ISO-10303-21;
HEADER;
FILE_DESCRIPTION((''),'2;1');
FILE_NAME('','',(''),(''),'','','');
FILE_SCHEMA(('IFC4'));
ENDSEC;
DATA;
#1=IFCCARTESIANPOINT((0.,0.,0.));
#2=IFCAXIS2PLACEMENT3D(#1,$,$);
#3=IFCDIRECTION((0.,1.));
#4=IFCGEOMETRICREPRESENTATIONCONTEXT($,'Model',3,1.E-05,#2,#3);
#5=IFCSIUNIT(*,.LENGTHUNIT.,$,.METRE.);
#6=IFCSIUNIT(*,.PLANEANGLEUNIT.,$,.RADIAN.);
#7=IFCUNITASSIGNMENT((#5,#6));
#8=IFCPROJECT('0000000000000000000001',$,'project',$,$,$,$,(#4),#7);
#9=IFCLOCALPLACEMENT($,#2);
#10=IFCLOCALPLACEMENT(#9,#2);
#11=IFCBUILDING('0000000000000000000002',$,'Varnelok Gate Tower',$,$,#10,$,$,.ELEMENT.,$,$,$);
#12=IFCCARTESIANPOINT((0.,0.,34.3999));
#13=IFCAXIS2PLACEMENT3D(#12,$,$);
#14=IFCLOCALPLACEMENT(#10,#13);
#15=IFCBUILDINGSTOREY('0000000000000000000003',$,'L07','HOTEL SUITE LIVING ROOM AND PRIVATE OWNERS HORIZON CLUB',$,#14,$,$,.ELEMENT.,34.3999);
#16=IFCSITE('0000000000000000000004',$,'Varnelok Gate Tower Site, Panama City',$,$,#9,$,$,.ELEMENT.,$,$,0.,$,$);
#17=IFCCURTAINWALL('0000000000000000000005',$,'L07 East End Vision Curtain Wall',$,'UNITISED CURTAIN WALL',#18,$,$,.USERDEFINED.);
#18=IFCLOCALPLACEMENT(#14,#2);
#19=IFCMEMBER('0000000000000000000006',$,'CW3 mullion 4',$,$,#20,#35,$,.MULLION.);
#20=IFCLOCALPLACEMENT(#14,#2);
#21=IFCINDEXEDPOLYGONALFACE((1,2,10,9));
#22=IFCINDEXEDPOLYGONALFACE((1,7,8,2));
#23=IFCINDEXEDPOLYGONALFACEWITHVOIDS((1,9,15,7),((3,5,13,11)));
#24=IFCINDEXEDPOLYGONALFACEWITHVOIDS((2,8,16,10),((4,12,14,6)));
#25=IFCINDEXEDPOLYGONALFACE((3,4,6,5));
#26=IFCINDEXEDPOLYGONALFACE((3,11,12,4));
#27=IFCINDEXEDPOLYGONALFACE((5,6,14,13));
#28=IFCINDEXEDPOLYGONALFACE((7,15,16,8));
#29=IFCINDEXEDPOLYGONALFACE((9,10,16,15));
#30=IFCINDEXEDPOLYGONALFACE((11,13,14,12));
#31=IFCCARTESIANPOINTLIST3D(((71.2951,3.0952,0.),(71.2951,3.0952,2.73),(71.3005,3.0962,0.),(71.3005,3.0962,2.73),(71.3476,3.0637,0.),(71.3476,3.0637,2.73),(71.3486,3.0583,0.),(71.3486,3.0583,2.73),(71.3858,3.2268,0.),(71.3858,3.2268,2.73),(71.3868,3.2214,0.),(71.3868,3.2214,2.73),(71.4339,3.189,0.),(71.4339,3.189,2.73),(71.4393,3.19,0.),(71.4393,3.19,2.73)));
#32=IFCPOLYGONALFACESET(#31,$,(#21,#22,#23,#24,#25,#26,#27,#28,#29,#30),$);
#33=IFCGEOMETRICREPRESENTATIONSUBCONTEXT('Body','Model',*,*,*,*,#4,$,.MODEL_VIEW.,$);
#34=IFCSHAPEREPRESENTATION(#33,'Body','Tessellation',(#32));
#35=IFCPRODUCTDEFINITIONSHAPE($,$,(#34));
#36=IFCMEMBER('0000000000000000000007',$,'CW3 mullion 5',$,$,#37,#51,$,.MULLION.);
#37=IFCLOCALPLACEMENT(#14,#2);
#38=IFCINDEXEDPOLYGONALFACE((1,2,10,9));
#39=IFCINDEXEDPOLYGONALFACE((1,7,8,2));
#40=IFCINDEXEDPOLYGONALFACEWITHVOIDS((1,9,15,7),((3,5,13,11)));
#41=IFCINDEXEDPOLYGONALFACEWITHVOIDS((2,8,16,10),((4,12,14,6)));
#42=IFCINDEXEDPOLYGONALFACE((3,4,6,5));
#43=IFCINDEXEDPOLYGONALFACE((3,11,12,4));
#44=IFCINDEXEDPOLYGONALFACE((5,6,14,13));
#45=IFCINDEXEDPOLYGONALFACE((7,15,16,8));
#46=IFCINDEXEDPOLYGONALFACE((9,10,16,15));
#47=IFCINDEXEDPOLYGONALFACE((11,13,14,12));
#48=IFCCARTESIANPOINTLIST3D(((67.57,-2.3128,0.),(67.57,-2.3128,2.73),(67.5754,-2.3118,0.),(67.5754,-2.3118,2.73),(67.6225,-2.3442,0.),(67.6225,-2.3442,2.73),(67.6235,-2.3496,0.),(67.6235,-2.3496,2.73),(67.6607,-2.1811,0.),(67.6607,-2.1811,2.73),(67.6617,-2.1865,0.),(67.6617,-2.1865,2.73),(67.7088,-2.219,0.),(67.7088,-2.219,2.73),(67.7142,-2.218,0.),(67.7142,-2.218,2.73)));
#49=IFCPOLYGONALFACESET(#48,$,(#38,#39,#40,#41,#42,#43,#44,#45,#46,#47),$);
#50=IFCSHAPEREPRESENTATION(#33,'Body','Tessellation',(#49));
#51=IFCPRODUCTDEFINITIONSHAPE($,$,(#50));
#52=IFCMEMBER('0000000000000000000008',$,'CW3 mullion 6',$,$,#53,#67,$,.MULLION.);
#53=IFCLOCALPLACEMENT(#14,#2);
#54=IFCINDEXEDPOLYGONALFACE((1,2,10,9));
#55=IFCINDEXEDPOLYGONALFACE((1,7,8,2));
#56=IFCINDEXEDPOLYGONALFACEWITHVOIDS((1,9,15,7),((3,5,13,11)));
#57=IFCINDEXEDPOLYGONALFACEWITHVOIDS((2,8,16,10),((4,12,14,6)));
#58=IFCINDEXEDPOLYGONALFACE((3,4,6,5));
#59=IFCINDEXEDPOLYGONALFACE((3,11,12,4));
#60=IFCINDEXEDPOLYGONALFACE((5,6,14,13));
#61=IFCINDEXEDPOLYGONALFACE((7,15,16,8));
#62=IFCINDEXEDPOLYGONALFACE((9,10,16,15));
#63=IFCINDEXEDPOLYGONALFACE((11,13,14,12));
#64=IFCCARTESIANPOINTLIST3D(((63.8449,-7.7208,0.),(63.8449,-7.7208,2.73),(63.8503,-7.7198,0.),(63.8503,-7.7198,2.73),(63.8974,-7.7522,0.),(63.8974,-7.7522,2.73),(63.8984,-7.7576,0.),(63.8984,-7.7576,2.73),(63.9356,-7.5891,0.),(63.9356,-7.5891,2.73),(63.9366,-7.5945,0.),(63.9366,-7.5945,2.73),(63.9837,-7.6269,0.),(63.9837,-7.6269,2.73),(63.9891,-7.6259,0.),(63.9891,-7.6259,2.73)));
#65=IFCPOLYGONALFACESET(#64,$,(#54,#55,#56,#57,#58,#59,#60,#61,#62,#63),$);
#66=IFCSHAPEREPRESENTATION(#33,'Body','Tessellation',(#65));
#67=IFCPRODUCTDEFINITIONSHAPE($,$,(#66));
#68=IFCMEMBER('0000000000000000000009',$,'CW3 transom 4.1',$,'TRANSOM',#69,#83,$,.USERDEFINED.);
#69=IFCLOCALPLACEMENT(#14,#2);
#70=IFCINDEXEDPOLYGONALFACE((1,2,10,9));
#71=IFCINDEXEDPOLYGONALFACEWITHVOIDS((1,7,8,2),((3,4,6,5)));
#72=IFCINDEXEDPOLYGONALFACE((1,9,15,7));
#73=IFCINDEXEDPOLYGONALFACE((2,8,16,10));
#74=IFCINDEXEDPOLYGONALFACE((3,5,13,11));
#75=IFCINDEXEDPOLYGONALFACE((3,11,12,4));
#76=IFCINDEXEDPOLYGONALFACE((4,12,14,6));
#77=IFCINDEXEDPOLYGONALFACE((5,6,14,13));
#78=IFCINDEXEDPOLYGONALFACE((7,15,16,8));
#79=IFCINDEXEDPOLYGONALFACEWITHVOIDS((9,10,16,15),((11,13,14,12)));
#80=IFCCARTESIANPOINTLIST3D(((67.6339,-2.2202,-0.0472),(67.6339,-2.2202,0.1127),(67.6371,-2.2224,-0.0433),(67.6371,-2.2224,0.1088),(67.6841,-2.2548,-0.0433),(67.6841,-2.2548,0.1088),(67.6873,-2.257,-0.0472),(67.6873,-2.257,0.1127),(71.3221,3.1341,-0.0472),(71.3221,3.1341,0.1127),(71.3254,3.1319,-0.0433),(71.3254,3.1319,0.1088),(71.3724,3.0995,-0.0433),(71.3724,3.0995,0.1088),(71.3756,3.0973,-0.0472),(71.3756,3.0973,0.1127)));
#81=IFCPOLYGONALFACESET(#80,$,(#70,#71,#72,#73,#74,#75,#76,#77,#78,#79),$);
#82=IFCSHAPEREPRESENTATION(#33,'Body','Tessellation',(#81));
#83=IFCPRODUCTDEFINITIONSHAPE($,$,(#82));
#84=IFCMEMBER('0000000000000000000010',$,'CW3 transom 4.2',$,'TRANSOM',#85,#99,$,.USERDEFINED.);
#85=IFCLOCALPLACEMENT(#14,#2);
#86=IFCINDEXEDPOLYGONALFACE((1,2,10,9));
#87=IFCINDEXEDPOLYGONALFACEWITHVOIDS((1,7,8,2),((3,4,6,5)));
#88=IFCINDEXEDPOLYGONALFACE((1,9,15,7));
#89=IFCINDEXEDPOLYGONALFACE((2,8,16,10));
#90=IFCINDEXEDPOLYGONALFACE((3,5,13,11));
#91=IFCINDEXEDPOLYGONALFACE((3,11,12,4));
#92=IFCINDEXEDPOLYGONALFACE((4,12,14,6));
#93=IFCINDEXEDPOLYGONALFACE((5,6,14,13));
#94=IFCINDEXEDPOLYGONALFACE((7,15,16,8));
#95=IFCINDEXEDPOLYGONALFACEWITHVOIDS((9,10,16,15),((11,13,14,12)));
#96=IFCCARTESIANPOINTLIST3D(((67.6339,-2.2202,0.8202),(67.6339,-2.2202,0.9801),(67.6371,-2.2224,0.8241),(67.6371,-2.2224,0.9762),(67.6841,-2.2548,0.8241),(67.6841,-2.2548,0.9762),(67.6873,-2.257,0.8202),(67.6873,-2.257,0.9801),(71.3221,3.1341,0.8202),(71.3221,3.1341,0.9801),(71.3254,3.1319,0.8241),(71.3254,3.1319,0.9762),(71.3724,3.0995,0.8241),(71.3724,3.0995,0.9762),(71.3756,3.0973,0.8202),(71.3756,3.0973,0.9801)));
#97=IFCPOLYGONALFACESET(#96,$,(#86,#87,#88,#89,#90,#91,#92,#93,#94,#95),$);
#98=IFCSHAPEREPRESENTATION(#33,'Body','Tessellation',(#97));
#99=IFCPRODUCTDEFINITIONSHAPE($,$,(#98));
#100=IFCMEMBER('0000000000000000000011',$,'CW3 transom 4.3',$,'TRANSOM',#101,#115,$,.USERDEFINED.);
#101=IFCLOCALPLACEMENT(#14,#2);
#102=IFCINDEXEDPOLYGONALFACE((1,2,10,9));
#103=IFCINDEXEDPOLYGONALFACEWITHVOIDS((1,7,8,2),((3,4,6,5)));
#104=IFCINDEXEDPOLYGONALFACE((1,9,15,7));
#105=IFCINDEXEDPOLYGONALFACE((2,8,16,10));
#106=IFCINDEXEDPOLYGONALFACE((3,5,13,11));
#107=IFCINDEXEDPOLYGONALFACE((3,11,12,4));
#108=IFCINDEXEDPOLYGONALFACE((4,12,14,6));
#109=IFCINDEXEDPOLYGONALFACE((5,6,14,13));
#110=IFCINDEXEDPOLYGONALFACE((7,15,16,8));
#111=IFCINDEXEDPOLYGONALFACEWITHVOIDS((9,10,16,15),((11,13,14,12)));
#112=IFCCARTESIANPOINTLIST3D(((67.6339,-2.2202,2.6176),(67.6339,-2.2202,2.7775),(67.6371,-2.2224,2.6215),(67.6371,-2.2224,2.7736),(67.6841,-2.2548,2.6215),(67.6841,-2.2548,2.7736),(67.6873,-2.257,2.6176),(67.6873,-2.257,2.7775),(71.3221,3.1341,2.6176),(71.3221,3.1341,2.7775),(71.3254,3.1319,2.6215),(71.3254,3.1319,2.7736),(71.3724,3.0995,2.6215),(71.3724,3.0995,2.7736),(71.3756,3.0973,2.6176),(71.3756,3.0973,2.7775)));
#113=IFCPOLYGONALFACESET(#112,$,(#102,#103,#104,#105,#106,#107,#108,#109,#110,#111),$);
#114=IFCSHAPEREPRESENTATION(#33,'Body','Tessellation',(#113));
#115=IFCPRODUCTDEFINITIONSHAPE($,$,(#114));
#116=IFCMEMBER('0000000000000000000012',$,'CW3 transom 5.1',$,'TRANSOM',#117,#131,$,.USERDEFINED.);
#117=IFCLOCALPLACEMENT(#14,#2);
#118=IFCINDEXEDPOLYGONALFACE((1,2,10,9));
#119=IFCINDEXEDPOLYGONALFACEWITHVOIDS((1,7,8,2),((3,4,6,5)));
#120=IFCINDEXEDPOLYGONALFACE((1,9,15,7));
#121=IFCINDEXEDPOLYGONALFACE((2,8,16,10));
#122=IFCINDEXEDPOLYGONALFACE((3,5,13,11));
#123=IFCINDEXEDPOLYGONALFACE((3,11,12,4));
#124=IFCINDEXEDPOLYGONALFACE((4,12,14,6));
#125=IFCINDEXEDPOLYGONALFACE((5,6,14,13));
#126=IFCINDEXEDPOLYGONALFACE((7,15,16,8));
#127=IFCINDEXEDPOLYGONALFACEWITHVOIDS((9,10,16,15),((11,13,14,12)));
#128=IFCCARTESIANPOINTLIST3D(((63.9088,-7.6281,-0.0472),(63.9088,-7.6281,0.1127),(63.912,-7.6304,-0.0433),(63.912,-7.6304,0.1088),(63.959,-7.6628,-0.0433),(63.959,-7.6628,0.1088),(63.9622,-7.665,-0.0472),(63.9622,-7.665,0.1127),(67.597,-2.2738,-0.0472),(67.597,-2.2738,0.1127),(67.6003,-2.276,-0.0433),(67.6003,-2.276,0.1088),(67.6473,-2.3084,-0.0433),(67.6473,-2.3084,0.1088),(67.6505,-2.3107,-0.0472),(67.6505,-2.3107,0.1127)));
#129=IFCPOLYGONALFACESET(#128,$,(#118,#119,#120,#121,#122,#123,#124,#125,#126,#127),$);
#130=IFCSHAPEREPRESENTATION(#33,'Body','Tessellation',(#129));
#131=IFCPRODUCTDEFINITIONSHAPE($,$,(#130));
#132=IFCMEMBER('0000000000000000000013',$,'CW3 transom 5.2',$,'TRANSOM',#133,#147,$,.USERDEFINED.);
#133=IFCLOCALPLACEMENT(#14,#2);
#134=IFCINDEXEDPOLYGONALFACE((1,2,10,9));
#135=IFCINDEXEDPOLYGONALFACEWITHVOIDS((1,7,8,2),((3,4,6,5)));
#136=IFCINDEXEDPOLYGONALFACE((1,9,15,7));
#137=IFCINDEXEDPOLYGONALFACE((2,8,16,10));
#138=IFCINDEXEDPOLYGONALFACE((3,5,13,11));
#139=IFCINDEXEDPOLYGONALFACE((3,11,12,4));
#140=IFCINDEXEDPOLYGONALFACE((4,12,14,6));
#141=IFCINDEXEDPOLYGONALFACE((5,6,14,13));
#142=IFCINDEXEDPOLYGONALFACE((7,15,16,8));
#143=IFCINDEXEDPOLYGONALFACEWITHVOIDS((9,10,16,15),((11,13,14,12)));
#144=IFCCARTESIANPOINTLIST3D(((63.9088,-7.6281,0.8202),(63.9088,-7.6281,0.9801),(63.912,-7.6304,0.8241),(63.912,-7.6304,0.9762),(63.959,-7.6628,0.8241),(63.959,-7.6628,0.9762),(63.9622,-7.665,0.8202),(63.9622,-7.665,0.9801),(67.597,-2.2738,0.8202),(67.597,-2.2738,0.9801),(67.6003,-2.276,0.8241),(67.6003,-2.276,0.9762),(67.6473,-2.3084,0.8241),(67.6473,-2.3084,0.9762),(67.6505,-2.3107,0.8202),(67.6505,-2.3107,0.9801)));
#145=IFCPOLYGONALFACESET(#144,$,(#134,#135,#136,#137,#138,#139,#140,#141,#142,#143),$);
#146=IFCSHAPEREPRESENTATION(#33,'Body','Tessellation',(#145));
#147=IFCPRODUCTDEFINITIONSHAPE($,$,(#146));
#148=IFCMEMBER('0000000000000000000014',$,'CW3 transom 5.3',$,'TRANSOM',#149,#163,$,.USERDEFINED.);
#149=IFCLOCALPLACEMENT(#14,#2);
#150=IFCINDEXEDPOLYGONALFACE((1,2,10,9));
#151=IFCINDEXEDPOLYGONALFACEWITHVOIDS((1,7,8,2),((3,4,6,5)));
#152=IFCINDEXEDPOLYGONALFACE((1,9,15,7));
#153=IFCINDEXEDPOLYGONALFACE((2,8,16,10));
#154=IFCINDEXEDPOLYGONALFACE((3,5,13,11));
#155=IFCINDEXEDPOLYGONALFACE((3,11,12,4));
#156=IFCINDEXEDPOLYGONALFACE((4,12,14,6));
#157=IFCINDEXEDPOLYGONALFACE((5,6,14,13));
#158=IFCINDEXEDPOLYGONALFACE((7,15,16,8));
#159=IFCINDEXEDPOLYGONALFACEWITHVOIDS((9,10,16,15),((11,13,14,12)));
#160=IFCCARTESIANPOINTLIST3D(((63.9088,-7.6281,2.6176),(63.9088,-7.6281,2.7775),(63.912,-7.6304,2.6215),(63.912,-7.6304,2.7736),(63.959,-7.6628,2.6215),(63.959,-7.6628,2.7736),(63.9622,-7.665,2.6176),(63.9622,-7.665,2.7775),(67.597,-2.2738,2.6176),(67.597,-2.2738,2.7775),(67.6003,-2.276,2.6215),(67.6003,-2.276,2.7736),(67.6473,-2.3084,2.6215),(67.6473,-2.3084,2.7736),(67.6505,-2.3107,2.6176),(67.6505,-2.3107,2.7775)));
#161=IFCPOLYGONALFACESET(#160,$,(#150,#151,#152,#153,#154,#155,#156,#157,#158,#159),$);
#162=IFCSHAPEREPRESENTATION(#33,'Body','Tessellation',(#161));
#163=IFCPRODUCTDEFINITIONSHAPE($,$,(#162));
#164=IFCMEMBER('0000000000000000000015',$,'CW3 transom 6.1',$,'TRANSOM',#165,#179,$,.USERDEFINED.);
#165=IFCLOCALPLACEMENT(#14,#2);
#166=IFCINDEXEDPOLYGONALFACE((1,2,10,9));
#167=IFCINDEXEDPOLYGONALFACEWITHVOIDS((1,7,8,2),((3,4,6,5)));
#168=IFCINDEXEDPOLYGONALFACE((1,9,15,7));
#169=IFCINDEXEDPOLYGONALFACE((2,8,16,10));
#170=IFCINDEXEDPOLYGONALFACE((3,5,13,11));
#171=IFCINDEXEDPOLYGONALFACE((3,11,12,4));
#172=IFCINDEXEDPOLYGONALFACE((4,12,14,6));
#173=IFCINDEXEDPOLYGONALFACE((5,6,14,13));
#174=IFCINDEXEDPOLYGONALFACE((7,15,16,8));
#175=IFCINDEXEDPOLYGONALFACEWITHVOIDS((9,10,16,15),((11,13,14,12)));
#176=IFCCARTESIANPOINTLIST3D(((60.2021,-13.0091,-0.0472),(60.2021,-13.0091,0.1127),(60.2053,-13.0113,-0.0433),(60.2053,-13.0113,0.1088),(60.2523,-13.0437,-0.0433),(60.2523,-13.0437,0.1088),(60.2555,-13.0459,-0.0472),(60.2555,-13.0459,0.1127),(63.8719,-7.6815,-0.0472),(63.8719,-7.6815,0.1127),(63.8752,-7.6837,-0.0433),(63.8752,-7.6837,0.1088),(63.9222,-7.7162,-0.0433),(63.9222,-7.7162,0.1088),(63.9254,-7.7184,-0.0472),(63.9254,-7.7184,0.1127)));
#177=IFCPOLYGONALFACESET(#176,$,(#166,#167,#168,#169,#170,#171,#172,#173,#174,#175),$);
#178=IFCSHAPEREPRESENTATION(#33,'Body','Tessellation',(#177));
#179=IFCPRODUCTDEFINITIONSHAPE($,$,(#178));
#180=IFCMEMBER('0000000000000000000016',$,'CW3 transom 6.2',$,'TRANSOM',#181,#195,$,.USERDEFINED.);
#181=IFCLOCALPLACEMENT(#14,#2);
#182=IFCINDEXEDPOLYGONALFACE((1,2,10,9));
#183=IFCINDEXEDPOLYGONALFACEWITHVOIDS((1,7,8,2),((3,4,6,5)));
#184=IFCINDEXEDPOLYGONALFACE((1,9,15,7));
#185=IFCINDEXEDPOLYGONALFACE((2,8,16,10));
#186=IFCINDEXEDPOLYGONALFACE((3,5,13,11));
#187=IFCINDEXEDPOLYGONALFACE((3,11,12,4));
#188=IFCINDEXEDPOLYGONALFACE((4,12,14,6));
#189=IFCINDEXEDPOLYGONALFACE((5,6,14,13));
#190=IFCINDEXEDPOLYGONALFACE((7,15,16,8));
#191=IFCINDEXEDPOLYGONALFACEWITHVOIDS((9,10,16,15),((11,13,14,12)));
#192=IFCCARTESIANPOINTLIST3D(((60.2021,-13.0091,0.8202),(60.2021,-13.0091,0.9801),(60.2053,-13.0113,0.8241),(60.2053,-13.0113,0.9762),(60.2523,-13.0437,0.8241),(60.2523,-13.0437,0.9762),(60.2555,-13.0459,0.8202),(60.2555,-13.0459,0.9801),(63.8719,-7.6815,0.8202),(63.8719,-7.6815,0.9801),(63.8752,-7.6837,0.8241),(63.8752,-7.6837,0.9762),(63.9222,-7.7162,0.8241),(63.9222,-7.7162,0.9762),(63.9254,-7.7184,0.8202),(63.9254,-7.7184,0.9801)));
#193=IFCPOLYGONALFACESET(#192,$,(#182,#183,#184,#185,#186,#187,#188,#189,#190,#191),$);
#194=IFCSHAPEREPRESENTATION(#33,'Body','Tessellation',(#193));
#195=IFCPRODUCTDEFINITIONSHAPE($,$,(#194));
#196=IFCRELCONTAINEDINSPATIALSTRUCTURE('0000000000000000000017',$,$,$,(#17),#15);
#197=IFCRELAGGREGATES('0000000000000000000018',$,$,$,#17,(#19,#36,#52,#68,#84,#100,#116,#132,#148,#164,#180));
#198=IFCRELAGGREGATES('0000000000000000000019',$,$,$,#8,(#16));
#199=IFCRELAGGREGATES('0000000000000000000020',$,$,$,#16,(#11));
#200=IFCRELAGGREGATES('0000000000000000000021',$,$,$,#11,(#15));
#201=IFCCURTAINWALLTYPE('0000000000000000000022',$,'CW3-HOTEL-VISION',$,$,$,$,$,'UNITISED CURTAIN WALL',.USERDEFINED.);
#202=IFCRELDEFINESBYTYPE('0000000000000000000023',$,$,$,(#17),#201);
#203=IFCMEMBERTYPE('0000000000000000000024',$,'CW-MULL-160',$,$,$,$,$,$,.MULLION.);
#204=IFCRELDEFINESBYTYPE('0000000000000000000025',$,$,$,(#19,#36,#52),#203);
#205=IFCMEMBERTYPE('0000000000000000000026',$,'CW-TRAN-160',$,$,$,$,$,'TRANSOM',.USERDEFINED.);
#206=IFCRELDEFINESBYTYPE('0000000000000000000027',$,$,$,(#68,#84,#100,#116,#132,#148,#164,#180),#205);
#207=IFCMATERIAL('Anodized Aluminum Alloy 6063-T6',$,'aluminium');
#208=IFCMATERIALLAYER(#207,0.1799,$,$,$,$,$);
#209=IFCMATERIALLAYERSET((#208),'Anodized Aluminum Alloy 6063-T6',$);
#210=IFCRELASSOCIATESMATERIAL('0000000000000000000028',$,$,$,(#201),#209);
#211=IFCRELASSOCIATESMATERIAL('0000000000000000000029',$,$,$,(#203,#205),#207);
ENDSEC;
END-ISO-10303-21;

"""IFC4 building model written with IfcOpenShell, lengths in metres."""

from ifc_helpers import new_model, si_unit, direction, frame, origin, origin_2d, place, context, subcontext, project, spatial, hollow_rectangle, extrude, material, layer, layer_set, material_profile, profile_set, type_object, element, aggregate, save


model = new_model("IFC4")

# Units and contexts
model_context = context("Model", 3, precision=1e-05, world=origin(), true_north=direction((0.0, 1.0)))
body_context = subcontext(model_context, "Body", "Model", "MODEL_VIEW")
ifc_project = project(units=[si_unit("LENGTHUNIT", "METRE"), si_unit("PLANEANGLEUNIT", "RADIAN")], contexts=[model_context])

# Site, building, storey
site_placement = place(None, origin())
site = spatial("IfcSite", under=ifc_project, at=site_placement, Name="Varnelok Gate Tower Site, Panama City", CompositionType="ELEMENT", RefElevation=0.0)
building_placement = place(site_placement, origin())
building = spatial("IfcBuilding", under=site, at=building_placement, Name="Varnelok Gate Tower", CompositionType="ELEMENT")
storey_placement = place(building_placement, frame((0.0, 0.0, 34.3999)))
storey = spatial("IfcBuildingStorey", under=building, at=storey_placement, Name="L07", Description="HOTEL SUITE LIVING ROOM AND PRIVATE OWNERS HORIZON CLUB", CompositionType="ELEMENT", Elevation=34.3999)

# Curtain wall, members
ifc_material_1 = material(Name="Anodized Aluminum Alloy 6063-T6", Category="aluminium")
ifc_layer_1 = layer(ifc_material_1, 0.1799)
ifc_layer_set_1 = layer_set([ifc_layer_1], Name="Anodized Aluminum Alloy 6063-T6")
curtain_wall_type = type_object("IfcCurtainWallType", Name="CW3-HOTEL-VISION", ElementType="UNITISED CURTAIN WALL", PredefinedType="USERDEFINED", material=ifc_layer_set_1)
curtain_wall_placement = place(storey_placement, origin())
curtain_wall = element("IfcCurtainWall", 1, at=curtain_wall_placement, inside=storey, type_object=curtain_wall_type, Name="L07 East End Vision Curtain Wall", ObjectType="UNITISED CURTAIN WALL", PredefinedType="USERDEFINED")
ifc_material_profile_1 = material_profile(ifc_material_1, hollow_rectangle(XDim=0.0649, YDim=0.1599, WallThickness=0.0039, at=origin_2d()), Name="ALU160X65X4")
ifc_profile_set_1 = profile_set([ifc_material_profile_1], Name="Anodized Aluminum Alloy 6063-T6")
member_type_1 = type_object("IfcMemberType", Name="CW-MULL-160", PredefinedType="MULLION", material=ifc_profile_set_1)
member_1_placement = place(storey_placement, frame((71.3672, 3.1426, 0.0), z_axis=(0.0, 0.0, 1.0), x_axis=(0.823533, -0.567269, 0.0)))
member_1 = element("IfcMember", 2, at=member_1_placement, type_object=member_type_1, Name="CW3 mullion 4", PredefinedType="MULLION", context=body_context, shape_type="SweptSolid", body=[
    extrude(hollow_rectangle(XDim=0.0649, YDim=0.1599, WallThickness=0.0039, at=origin_2d()), origin(), (0.0, 0.0, 1.0), 2.73),
])
member_2_placement = place(storey_placement, frame((67.6421, -2.2654, 0.0), z_axis=(0.0, 0.0, 1.0), x_axis=(0.823533, -0.567269, 0.0)))
member_2 = element("IfcMember", 3, at=member_2_placement, type_object=member_type_1, Name="CW3 mullion 5", PredefinedType="MULLION", context=body_context, shape_type="SweptSolid", body=[
    extrude(hollow_rectangle(XDim=0.0649, YDim=0.1599, WallThickness=0.0039, at=origin_2d()), origin(), (0.0, 0.0, 1.0), 2.73),
])
member_3_placement = place(storey_placement, frame((63.917, -7.6733, 0.0), z_axis=(0.0, 0.0, 1.0), x_axis=(0.823533, -0.567269, 0.0)))
member_3 = element("IfcMember", 4, at=member_3_placement, type_object=member_type_1, Name="CW3 mullion 6", PredefinedType="MULLION", context=body_context, shape_type="SweptSolid", body=[
    extrude(hollow_rectangle(XDim=0.0649, YDim=0.1599, WallThickness=0.0039, at=origin_2d()), origin(), (0.0, 0.0, 1.0), 2.73),
])
ifc_material_profile_2 = material_profile(ifc_material_1, hollow_rectangle(XDim=0.0649, YDim=0.1599, WallThickness=0.0039, at=origin_2d()), Name="ALU160X65X4")
ifc_profile_set_2 = profile_set([ifc_material_profile_2], Name="Anodized Aluminum Alloy 6063-T6")
member_type_2 = type_object("IfcMemberType", Name="CW-TRAN-160", ElementType="TRANSOM", PredefinedType="USERDEFINED", material=ifc_profile_set_2)
member_4_placement = place(storey_placement, frame((71.3489, 3.1157, 0.0327), z_axis=(-0.567279, -0.823526, 0.0), x_axis=(0.823526, -0.567279, 0.0)))
member_4 = element("IfcMember", 5, at=member_4_placement, type_object=member_type_2, Name="CW3 transom 4.1", ObjectType="TRANSOM", PredefinedType="USERDEFINED", context=body_context, shape_type="SweptSolid", body=[
    extrude(hollow_rectangle(XDim=0.0649, YDim=0.1599, WallThickness=0.0039, at=origin_2d()), origin(), (0.0, 0.0, 1.0), 6.5017),
])
member_5_placement = place(storey_placement, frame((71.3489, 3.1157, 0.9001), z_axis=(-0.567279, -0.823526, 0.0), x_axis=(0.823526, -0.567279, 0.0)))
member_5 = element("IfcMember", 6, at=member_5_placement, type_object=member_type_2, Name="CW3 transom 4.2", ObjectType="TRANSOM", PredefinedType="USERDEFINED", context=body_context, shape_type="SweptSolid", body=[
    extrude(hollow_rectangle(XDim=0.0649, YDim=0.1599, WallThickness=0.0039, at=origin_2d()), origin(), (0.0, 0.0, 1.0), 6.5017),
])
member_6_placement = place(storey_placement, frame((71.3489, 3.1157, 2.6975), z_axis=(-0.567279, -0.823526, 0.0), x_axis=(0.823526, -0.567279, 0.0)))
member_6 = element("IfcMember", 7, at=member_6_placement, type_object=member_type_2, Name="CW3 transom 4.3", ObjectType="TRANSOM", PredefinedType="USERDEFINED", context=body_context, shape_type="SweptSolid", body=[
    extrude(hollow_rectangle(XDim=0.0649, YDim=0.1599, WallThickness=0.0039, at=origin_2d()), origin(), (0.0, 0.0, 1.0), 6.5017),
])
member_7_placement = place(storey_placement, frame((67.6238, -2.2922, 0.0327), z_axis=(-0.567279, -0.823526, 0.0), x_axis=(0.823526, -0.567279, 0.0)))
member_7 = element("IfcMember", 8, at=member_7_placement, type_object=member_type_2, Name="CW3 transom 5.1", ObjectType="TRANSOM", PredefinedType="USERDEFINED", context=body_context, shape_type="SweptSolid", body=[
    extrude(hollow_rectangle(XDim=0.0649, YDim=0.1599, WallThickness=0.0039, at=origin_2d()), origin(), (0.0, 0.0, 1.0), 6.5017),
])
member_8_placement = place(storey_placement, frame((67.6238, -2.2922, 0.9001), z_axis=(-0.567279, -0.823526, 0.0), x_axis=(0.823526, -0.567279, 0.0)))
member_8 = element("IfcMember", 9, at=member_8_placement, type_object=member_type_2, Name="CW3 transom 5.2", ObjectType="TRANSOM", PredefinedType="USERDEFINED", context=body_context, shape_type="SweptSolid", body=[
    extrude(hollow_rectangle(XDim=0.0649, YDim=0.1599, WallThickness=0.0039, at=origin_2d()), origin(), (0.0, 0.0, 1.0), 6.5017),
])
member_9_placement = place(storey_placement, frame((67.6238, -2.2922, 2.6975), z_axis=(-0.567279, -0.823526, 0.0), x_axis=(0.823526, -0.567279, 0.0)))
member_9 = element("IfcMember", 10, at=member_9_placement, type_object=member_type_2, Name="CW3 transom 5.3", ObjectType="TRANSOM", PredefinedType="USERDEFINED", context=body_context, shape_type="SweptSolid", body=[
    extrude(hollow_rectangle(XDim=0.0649, YDim=0.1599, WallThickness=0.0039, at=origin_2d()), origin(), (0.0, 0.0, 1.0), 6.5017),
])
member_10_placement = place(storey_placement, frame((63.8987, -7.7, 0.0327), z_axis=(-0.567281, -0.823524, 0.0), x_axis=(0.823524, -0.567281, 0.0)))
member_10 = element("IfcMember", 11, at=member_10_placement, type_object=member_type_2, Name="CW3 transom 6.1", ObjectType="TRANSOM", PredefinedType="USERDEFINED", context=body_context, shape_type="SweptSolid", body=[
    extrude(hollow_rectangle(XDim=0.0649, YDim=0.1599, WallThickness=0.0039, at=origin_2d()), origin(), (0.0, 0.0, 1.0), 6.4692),
])
member_11_placement = place(storey_placement, frame((63.8987, -7.7, 0.9001), z_axis=(-0.567281, -0.823524, 0.0), x_axis=(0.823524, -0.567281, 0.0)))
member_11 = element("IfcMember", 12, at=member_11_placement, type_object=member_type_2, Name="CW3 transom 6.2", ObjectType="TRANSOM", PredefinedType="USERDEFINED", context=body_context, shape_type="SweptSolid", body=[
    extrude(hollow_rectangle(XDim=0.0649, YDim=0.1599, WallThickness=0.0039, at=origin_2d()), origin(), (0.0, 0.0, 1.0), 6.4692),
])
aggregate(curtain_wall, [member_1, member_2, member_3, member_4, member_5, member_6, member_7, member_8, member_9, member_10, member_11])

save(model, "model.ifc")
